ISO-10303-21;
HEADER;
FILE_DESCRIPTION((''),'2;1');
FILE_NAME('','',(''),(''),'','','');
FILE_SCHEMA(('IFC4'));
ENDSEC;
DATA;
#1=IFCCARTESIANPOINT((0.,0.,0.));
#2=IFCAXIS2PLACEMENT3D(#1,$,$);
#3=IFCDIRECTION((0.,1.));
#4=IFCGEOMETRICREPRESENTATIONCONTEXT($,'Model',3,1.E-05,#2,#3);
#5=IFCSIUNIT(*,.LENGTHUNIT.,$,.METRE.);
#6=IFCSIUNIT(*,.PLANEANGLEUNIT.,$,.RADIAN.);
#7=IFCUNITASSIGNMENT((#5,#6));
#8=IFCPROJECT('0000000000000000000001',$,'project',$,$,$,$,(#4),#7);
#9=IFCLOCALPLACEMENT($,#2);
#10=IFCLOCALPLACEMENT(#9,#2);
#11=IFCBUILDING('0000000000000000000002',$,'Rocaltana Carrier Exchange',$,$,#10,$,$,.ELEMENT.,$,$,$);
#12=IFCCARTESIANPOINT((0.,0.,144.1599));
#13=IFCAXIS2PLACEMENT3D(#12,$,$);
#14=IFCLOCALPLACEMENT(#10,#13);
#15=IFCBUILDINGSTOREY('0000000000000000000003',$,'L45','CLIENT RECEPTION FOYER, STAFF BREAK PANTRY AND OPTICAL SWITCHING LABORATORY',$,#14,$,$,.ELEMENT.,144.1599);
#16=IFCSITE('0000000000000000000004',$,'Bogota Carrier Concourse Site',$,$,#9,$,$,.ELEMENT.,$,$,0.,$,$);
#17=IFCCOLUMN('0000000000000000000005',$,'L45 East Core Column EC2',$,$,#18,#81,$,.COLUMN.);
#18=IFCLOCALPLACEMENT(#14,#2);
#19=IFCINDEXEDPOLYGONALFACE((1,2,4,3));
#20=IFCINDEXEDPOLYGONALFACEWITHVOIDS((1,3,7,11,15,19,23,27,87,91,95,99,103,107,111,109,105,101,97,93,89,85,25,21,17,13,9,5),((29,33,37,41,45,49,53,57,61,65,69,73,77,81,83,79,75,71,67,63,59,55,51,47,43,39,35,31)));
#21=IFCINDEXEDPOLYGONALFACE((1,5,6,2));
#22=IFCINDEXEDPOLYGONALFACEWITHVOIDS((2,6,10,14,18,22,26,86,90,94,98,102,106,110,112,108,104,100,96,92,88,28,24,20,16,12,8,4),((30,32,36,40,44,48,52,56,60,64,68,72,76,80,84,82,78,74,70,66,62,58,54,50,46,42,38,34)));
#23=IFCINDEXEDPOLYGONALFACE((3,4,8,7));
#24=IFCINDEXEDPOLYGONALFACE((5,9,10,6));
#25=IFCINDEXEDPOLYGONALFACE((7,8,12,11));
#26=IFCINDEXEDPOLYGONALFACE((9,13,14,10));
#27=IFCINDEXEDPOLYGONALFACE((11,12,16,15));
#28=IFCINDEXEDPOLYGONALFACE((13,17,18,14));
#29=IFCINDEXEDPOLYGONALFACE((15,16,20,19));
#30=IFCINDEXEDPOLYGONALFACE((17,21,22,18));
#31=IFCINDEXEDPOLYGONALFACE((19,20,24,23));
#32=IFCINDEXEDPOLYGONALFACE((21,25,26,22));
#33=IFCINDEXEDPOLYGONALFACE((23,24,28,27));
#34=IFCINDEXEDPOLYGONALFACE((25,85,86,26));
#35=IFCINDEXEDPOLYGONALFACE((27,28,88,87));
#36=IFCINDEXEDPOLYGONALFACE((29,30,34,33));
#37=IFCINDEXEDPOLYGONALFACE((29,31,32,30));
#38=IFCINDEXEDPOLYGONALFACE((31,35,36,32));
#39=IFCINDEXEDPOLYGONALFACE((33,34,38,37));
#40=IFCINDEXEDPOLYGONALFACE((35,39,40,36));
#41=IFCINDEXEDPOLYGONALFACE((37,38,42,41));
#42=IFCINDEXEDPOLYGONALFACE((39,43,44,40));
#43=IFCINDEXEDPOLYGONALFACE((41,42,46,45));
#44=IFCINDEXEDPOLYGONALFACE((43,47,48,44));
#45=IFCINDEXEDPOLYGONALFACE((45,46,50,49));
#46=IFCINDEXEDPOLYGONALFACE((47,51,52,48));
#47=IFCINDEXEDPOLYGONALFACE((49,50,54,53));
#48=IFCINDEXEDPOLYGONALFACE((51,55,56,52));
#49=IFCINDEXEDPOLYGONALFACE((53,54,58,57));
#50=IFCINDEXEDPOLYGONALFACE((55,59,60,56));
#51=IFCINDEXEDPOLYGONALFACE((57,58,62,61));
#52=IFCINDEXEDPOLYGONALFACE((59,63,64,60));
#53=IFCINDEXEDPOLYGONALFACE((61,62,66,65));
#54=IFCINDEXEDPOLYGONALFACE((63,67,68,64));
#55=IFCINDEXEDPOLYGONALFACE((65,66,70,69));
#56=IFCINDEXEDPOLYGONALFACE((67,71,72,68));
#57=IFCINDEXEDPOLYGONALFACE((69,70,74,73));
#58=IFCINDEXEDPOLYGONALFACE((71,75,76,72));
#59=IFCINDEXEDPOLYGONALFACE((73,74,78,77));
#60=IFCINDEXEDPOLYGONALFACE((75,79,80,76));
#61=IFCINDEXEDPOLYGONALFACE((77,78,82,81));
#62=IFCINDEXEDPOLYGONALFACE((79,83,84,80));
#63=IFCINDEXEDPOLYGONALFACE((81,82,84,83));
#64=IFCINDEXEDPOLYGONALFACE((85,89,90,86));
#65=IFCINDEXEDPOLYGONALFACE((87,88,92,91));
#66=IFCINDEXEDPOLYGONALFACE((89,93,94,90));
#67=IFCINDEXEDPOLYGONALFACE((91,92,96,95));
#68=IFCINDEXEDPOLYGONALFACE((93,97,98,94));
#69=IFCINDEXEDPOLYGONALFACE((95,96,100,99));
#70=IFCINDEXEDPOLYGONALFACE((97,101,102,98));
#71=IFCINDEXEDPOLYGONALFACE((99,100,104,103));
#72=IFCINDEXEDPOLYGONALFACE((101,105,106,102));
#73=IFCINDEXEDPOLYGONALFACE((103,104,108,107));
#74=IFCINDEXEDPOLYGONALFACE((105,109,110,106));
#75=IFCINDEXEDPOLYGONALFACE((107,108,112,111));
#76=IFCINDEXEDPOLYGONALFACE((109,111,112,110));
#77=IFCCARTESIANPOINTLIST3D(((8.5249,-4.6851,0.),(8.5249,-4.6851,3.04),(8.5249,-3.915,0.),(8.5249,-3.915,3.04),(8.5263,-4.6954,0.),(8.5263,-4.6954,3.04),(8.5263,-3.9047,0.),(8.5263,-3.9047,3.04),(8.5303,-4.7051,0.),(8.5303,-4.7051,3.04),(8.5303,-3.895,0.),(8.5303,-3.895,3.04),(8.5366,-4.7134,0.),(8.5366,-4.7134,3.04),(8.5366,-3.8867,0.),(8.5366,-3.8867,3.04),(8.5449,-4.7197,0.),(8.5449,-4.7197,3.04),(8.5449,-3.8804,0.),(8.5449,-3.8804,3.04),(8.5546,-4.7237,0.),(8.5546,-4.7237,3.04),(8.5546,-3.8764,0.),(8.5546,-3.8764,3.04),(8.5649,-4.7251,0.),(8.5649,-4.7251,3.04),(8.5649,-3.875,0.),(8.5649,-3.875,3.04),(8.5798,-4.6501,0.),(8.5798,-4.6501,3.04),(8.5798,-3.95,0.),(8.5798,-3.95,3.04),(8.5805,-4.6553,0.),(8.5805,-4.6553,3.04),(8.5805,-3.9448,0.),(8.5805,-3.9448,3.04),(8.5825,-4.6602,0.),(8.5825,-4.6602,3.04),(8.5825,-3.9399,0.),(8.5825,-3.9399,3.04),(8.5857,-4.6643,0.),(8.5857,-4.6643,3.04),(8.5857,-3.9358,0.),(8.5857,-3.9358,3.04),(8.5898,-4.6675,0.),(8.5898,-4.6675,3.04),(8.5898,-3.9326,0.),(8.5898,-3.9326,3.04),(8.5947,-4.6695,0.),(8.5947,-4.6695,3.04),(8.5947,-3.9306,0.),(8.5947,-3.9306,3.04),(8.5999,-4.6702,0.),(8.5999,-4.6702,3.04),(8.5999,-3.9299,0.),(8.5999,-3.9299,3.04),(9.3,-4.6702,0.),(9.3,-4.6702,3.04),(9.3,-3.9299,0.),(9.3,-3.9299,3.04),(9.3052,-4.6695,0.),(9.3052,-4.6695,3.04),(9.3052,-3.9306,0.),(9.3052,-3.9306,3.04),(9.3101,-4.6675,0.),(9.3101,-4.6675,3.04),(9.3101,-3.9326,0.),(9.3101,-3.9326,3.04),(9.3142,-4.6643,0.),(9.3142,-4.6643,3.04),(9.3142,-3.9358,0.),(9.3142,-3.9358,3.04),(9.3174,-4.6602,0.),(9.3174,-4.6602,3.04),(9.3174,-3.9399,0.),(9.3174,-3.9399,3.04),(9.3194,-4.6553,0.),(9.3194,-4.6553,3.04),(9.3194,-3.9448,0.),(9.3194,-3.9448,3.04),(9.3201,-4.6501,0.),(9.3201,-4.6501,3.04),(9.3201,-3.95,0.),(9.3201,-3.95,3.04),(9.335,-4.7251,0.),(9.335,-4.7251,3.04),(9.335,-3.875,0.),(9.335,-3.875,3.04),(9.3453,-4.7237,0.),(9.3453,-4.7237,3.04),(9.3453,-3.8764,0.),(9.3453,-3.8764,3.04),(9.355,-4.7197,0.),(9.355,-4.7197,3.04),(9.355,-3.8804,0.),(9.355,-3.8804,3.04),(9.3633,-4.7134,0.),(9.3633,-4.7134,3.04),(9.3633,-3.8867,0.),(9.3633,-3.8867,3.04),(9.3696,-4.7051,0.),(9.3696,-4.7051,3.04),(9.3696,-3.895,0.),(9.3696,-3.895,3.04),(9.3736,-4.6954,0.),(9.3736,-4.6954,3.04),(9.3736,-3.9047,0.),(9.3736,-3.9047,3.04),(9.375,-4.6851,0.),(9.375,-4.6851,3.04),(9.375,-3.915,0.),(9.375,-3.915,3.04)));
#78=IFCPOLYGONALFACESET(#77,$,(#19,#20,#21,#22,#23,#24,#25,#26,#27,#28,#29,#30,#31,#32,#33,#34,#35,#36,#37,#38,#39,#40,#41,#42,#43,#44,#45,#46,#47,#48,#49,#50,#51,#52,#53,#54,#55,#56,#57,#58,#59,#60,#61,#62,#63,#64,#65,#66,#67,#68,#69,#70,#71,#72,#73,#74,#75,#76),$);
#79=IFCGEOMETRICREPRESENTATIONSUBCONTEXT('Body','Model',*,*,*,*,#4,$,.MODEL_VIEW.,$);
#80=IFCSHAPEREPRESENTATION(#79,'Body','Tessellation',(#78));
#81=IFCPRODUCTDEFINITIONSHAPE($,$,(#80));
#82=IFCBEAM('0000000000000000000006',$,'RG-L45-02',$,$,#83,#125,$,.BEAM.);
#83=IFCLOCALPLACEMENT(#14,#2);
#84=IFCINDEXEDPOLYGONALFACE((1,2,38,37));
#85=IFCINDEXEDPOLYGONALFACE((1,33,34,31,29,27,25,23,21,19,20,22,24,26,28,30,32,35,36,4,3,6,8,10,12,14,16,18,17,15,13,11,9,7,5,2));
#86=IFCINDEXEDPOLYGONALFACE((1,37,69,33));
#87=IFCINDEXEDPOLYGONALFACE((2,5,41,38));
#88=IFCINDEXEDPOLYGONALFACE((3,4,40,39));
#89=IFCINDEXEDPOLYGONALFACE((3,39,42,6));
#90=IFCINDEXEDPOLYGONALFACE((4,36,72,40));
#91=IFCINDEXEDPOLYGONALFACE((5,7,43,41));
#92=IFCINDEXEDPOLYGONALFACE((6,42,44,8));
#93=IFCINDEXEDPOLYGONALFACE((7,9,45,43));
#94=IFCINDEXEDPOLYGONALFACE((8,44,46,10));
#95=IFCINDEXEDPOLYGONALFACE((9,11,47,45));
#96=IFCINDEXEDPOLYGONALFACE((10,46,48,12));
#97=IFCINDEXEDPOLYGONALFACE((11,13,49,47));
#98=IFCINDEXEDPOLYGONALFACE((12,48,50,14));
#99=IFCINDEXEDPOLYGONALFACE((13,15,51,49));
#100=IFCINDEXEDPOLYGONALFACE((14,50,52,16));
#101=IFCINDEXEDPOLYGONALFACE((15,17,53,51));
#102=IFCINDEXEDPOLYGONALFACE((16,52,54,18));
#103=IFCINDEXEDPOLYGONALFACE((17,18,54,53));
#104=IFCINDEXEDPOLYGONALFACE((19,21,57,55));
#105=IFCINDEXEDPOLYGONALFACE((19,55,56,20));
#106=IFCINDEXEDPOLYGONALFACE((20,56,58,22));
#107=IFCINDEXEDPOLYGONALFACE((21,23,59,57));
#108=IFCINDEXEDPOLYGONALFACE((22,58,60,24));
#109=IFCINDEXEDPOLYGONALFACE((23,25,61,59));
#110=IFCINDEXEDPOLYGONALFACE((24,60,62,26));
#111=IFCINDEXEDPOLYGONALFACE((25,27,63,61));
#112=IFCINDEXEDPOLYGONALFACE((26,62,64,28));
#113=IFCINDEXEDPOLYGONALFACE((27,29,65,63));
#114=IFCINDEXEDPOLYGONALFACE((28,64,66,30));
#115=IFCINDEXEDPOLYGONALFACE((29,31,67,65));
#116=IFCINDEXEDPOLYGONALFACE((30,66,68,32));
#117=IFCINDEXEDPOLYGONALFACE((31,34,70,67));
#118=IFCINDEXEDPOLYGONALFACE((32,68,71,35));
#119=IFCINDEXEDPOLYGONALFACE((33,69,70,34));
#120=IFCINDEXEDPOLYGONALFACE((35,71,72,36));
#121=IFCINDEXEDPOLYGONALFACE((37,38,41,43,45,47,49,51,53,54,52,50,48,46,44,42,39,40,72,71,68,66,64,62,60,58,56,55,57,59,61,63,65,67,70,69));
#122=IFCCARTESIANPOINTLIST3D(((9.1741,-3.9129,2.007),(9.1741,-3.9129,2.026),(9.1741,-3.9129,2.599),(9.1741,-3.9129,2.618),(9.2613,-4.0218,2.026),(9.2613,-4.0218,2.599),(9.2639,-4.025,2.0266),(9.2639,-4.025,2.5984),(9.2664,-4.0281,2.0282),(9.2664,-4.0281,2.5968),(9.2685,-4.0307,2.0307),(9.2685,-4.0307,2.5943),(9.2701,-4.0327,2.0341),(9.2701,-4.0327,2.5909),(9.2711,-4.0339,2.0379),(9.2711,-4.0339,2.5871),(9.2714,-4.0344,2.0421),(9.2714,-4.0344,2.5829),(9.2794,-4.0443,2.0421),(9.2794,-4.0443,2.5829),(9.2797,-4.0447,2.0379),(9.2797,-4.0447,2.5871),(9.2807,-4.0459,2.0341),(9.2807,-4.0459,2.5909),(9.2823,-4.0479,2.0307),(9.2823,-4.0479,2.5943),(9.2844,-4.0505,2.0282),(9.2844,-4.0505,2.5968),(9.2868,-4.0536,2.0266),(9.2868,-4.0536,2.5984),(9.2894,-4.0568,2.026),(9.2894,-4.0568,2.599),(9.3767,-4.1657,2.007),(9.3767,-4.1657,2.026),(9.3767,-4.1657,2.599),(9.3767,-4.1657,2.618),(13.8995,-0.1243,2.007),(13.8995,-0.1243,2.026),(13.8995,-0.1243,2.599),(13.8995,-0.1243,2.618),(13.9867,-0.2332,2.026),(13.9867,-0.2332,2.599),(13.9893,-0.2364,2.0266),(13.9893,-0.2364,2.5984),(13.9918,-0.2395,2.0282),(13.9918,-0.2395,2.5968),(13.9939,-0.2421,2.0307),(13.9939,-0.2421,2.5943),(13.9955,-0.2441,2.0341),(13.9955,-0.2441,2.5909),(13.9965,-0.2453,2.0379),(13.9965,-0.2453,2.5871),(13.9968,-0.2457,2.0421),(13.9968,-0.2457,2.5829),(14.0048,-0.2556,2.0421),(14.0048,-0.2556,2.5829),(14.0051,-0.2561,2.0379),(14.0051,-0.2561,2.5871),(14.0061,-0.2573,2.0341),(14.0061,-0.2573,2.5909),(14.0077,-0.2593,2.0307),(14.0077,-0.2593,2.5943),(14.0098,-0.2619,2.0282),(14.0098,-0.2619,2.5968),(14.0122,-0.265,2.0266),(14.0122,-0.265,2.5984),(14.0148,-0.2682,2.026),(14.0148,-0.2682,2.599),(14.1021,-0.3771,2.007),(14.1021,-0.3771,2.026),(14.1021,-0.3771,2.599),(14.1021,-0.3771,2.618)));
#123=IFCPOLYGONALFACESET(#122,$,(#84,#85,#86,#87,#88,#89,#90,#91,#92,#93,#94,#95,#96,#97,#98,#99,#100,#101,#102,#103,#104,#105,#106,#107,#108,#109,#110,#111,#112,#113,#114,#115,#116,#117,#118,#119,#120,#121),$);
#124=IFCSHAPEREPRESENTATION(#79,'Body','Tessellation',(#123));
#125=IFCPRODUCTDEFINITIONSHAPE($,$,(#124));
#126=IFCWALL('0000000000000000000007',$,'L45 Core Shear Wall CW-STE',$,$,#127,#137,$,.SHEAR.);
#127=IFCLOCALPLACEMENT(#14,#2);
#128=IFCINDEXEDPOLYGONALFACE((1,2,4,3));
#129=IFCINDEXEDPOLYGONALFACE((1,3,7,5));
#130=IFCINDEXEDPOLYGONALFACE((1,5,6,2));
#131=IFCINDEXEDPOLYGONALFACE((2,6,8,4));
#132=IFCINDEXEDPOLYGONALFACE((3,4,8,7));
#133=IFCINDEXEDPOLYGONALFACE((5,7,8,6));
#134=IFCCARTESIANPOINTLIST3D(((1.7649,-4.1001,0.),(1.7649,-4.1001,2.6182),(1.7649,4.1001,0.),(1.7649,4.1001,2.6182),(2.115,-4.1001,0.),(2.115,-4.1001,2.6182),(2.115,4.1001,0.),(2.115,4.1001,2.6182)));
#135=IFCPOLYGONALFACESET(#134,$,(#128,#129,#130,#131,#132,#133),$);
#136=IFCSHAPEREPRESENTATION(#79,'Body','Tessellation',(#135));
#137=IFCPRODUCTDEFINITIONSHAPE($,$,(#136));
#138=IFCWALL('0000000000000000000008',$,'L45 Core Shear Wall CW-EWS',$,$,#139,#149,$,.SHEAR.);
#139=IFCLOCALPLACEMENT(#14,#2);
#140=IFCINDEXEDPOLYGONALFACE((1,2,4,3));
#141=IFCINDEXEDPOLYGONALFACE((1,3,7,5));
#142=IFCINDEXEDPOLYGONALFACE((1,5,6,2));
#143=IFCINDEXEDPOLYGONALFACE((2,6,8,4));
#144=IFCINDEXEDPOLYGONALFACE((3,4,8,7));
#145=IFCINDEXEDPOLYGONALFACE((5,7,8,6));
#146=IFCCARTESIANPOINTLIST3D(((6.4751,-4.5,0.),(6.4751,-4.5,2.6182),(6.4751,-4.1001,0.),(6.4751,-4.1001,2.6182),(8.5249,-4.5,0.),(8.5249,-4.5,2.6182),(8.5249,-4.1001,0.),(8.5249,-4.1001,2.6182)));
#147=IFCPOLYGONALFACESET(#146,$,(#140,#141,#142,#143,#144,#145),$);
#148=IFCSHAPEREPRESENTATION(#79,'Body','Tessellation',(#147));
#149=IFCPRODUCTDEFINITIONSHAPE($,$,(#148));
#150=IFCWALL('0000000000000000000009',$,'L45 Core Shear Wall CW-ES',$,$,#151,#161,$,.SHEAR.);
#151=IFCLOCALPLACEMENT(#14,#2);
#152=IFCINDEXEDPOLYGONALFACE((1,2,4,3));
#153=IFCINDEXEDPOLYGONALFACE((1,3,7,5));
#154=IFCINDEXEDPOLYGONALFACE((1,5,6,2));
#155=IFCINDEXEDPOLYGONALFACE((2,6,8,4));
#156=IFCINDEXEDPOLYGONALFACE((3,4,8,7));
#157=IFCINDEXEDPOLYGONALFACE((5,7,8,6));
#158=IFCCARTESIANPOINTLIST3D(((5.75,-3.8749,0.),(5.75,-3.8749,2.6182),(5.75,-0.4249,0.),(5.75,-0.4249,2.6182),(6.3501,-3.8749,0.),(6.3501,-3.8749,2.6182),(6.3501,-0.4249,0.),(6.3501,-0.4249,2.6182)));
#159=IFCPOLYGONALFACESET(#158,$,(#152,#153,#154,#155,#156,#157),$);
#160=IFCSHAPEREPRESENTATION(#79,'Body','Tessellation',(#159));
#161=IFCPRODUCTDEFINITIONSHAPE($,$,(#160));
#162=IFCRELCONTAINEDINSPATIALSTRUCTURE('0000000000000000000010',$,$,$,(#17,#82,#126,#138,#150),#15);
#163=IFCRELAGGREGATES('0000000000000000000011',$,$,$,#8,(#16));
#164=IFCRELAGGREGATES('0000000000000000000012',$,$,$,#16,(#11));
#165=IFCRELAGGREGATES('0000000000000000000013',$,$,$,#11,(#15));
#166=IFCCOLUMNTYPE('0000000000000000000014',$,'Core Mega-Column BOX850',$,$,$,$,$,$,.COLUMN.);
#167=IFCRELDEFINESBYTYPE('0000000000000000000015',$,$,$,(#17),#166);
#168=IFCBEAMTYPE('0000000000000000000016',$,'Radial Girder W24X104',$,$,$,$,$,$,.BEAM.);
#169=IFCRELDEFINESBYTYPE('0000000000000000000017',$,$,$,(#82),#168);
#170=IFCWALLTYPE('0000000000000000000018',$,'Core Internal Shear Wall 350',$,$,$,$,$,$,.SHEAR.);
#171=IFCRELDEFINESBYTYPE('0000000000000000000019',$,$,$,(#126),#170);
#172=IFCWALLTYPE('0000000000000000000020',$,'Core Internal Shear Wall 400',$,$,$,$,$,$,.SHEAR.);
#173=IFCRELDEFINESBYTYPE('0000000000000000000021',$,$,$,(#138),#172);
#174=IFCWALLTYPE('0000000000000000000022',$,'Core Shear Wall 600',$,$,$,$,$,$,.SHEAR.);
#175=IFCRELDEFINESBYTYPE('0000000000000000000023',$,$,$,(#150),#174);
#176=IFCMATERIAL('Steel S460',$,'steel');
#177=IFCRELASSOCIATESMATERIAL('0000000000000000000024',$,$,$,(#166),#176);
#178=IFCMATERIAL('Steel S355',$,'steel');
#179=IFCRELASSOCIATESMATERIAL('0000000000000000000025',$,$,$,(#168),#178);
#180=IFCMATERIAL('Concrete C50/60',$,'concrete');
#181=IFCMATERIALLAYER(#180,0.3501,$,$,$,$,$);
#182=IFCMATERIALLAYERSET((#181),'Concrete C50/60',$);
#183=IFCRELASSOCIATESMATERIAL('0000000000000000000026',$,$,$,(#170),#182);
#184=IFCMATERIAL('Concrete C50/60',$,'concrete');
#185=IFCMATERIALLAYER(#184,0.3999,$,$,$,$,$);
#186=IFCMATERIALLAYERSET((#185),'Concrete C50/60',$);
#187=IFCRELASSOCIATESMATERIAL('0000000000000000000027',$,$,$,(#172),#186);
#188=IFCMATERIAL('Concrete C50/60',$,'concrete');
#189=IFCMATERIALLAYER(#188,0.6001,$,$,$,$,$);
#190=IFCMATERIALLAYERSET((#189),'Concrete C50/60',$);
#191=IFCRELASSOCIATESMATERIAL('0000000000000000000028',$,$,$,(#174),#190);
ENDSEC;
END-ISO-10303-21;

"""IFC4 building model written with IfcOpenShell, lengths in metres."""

from ifc_helpers import new_model, si_unit, direction, frame, frame_2d, origin, origin_2d, place, context, subcontext, project, spatial, rectangle, hollow_rectangle, i_section, extrude, material, layer, layer_set, material_profile, profile_set, type_object, element, save


model = new_model("IFC4")

# Units and contexts
model_context = context("Model", 3, precision=1e-05, world=origin(), true_north=direction((0.0, 1.0)))
body_context = subcontext(model_context, "Body", "Model", "MODEL_VIEW")
ifc_project = project(units=[si_unit("LENGTHUNIT", "METRE"), si_unit("PLANEANGLEUNIT", "RADIAN")], contexts=[model_context])

# Site, building, storey
site_placement = place(None, origin())
site = spatial("IfcSite", under=ifc_project, at=site_placement, Name="Bogota Carrier Concourse Site", CompositionType="ELEMENT", RefElevation=0.0)
building_placement = place(site_placement, origin())
building = spatial("IfcBuilding", under=site, at=building_placement, Name="Rocaltana Carrier Exchange", CompositionType="ELEMENT")
storey_placement = place(building_placement, frame((0.0, 0.0, 144.1599)))
storey = spatial("IfcBuildingStorey", under=building, at=storey_placement, Name="L45", Description="CLIENT RECEPTION FOYER, STAFF BREAK PANTRY AND OPTICAL SWITCHING LABORATORY", CompositionType="ELEMENT", Elevation=144.1599)

# Column
ifc_material_1 = material(Name="Steel S460", Category="steel")
ifc_material_profile_1 = material_profile(ifc_material_1, hollow_rectangle(XDim=0.8501, YDim=0.8501, WallThickness=0.0549, InnerFilletRadius=0.02, OuterFilletRadius=0.04, at=origin_2d()), Name="BOX850X850X55")
ifc_profile_set_1 = profile_set([ifc_material_profile_1], Name="Steel S460")
column_type = type_object("IfcColumnType", Name="Core Mega-Column BOX850", PredefinedType="COLUMN", material=ifc_profile_set_1)
column_placement = place(storey_placement, frame((8.95, -4.3, 0.0), z_axis=(0.0, 0.0, 1.0), x_axis=(1.0, 0.0, 0.0)))
element("IfcColumn", 1, at=column_placement, inside=storey, type_object=column_type, Name="L45 East Core Column EC2", PredefinedType="COLUMN", context=body_context, shape_type="SweptSolid", body=[
    extrude(hollow_rectangle(XDim=0.8501, YDim=0.8501, WallThickness=0.0549, InnerFilletRadius=0.02, OuterFilletRadius=0.04, at=origin_2d()), origin(), (0.0, 0.0, 1.0), 3.04),
])

# Beam
ifc_material_2 = material(Name="Steel S355", Category="steel")
ifc_material_profile_2 = material_profile(ifc_material_2, i_section(OverallWidth=0.324, OverallDepth=0.6111, WebThickness=0.0127, FlangeThickness=0.019, FilletRadius=0.0161, at=origin_2d()), Name="W24X104")
ifc_profile_set_2 = profile_set([ifc_material_profile_2], Name="Steel S355")
beam_type = type_object("IfcBeamType", Name="Radial Girder W24X104", PredefinedType="BEAM", material=ifc_profile_set_2)
beam_placement = place(storey_placement, frame((9.2754, -4.0393, 2.3125), z_axis=(0.7802, 0.62553, 0.0), x_axis=(-0.62553, 0.7802, 0.0)))
element("IfcBeam", 2, at=beam_placement, inside=storey, type_object=beam_type, Name="RG-L45-02", PredefinedType="BEAM", context=body_context, shape_type="SweptSolid", body=[
    extrude(i_section(OverallWidth=0.324, OverallDepth=0.6111, WebThickness=0.0127, FlangeThickness=0.019, FilletRadius=0.0161, at=origin_2d()), origin(), (0.0, 0.0, 1.0), 6.0566),
])

# Walls
ifc_material_3 = material(Name="Concrete C50/60", Category="concrete")
ifc_layer_1 = layer(ifc_material_3, 0.3501)
ifc_layer_set_1 = layer_set([ifc_layer_1], Name="Concrete C50/60")
wall_type_1 = type_object("IfcWallType", Name="Core Internal Shear Wall 350", PredefinedType="SHEAR", material=ifc_layer_set_1)
wall_1_placement = place(storey_placement, frame((1.9399, -4.1001, 0.0), z_axis=(0.0, 0.0, 1.0), x_axis=(0.0, 1.0, 0.0)))
element("IfcWall", 3, at=wall_1_placement, inside=storey, type_object=wall_type_1, Name="L45 Core Shear Wall CW-STE", PredefinedType="SHEAR", context=body_context, shape_type="SweptSolid", body=[
    extrude(rectangle(XDim=8.2002, YDim=0.3501, at=frame_2d((4.1001, 0.0))), origin(), (0.0, 0.0, 1.0), 2.6182),
])
ifc_material_4 = material(Name="Concrete C50/60", Category="concrete")
ifc_layer_2 = layer(ifc_material_4, 0.3999)
ifc_layer_set_2 = layer_set([ifc_layer_2], Name="Concrete C50/60")
wall_type_2 = type_object("IfcWallType", Name="Core Internal Shear Wall 400", PredefinedType="SHEAR", material=ifc_layer_set_2)
wall_2_placement = place(storey_placement, frame((6.4751, -4.3, 0.0), z_axis=(0.0, 0.0, 1.0), x_axis=(1.0, 0.0, 0.0)))
element("IfcWall", 4, at=wall_2_placement, inside=storey, type_object=wall_type_2, Name="L45 Core Shear Wall CW-EWS", PredefinedType="SHEAR", context=body_context, shape_type="SweptSolid", body=[
    extrude(rectangle(XDim=2.0498, YDim=0.3999, at=frame_2d((1.0249, 0.0))), origin(), (0.0, 0.0, 1.0), 2.6182),
])
ifc_material_5 = material(Name="Concrete C50/60", Category="concrete")
ifc_layer_3 = layer(ifc_material_5, 0.6001)
ifc_layer_set_3 = layer_set([ifc_layer_3], Name="Concrete C50/60")
wall_type_3 = type_object("IfcWallType", Name="Core Shear Wall 600", PredefinedType="SHEAR", material=ifc_layer_set_3)
wall_3_placement = place(storey_placement, frame((6.05, -3.875, 0.0), z_axis=(0.0, 0.0, 1.0), x_axis=(0.0, 1.0, 0.0)))
element("IfcWall", 5, at=wall_3_placement, inside=storey, type_object=wall_type_3, Name="L45 Core Shear Wall CW-ES", PredefinedType="SHEAR", context=body_context, shape_type="SweptSolid", body=[
    extrude(rectangle(XDim=3.45, YDim=0.6001, at=frame_2d((1.7251, 0.0))), origin(), (0.0, 0.0, 1.0), 2.6182),
])

save(model, "model.ifc")
